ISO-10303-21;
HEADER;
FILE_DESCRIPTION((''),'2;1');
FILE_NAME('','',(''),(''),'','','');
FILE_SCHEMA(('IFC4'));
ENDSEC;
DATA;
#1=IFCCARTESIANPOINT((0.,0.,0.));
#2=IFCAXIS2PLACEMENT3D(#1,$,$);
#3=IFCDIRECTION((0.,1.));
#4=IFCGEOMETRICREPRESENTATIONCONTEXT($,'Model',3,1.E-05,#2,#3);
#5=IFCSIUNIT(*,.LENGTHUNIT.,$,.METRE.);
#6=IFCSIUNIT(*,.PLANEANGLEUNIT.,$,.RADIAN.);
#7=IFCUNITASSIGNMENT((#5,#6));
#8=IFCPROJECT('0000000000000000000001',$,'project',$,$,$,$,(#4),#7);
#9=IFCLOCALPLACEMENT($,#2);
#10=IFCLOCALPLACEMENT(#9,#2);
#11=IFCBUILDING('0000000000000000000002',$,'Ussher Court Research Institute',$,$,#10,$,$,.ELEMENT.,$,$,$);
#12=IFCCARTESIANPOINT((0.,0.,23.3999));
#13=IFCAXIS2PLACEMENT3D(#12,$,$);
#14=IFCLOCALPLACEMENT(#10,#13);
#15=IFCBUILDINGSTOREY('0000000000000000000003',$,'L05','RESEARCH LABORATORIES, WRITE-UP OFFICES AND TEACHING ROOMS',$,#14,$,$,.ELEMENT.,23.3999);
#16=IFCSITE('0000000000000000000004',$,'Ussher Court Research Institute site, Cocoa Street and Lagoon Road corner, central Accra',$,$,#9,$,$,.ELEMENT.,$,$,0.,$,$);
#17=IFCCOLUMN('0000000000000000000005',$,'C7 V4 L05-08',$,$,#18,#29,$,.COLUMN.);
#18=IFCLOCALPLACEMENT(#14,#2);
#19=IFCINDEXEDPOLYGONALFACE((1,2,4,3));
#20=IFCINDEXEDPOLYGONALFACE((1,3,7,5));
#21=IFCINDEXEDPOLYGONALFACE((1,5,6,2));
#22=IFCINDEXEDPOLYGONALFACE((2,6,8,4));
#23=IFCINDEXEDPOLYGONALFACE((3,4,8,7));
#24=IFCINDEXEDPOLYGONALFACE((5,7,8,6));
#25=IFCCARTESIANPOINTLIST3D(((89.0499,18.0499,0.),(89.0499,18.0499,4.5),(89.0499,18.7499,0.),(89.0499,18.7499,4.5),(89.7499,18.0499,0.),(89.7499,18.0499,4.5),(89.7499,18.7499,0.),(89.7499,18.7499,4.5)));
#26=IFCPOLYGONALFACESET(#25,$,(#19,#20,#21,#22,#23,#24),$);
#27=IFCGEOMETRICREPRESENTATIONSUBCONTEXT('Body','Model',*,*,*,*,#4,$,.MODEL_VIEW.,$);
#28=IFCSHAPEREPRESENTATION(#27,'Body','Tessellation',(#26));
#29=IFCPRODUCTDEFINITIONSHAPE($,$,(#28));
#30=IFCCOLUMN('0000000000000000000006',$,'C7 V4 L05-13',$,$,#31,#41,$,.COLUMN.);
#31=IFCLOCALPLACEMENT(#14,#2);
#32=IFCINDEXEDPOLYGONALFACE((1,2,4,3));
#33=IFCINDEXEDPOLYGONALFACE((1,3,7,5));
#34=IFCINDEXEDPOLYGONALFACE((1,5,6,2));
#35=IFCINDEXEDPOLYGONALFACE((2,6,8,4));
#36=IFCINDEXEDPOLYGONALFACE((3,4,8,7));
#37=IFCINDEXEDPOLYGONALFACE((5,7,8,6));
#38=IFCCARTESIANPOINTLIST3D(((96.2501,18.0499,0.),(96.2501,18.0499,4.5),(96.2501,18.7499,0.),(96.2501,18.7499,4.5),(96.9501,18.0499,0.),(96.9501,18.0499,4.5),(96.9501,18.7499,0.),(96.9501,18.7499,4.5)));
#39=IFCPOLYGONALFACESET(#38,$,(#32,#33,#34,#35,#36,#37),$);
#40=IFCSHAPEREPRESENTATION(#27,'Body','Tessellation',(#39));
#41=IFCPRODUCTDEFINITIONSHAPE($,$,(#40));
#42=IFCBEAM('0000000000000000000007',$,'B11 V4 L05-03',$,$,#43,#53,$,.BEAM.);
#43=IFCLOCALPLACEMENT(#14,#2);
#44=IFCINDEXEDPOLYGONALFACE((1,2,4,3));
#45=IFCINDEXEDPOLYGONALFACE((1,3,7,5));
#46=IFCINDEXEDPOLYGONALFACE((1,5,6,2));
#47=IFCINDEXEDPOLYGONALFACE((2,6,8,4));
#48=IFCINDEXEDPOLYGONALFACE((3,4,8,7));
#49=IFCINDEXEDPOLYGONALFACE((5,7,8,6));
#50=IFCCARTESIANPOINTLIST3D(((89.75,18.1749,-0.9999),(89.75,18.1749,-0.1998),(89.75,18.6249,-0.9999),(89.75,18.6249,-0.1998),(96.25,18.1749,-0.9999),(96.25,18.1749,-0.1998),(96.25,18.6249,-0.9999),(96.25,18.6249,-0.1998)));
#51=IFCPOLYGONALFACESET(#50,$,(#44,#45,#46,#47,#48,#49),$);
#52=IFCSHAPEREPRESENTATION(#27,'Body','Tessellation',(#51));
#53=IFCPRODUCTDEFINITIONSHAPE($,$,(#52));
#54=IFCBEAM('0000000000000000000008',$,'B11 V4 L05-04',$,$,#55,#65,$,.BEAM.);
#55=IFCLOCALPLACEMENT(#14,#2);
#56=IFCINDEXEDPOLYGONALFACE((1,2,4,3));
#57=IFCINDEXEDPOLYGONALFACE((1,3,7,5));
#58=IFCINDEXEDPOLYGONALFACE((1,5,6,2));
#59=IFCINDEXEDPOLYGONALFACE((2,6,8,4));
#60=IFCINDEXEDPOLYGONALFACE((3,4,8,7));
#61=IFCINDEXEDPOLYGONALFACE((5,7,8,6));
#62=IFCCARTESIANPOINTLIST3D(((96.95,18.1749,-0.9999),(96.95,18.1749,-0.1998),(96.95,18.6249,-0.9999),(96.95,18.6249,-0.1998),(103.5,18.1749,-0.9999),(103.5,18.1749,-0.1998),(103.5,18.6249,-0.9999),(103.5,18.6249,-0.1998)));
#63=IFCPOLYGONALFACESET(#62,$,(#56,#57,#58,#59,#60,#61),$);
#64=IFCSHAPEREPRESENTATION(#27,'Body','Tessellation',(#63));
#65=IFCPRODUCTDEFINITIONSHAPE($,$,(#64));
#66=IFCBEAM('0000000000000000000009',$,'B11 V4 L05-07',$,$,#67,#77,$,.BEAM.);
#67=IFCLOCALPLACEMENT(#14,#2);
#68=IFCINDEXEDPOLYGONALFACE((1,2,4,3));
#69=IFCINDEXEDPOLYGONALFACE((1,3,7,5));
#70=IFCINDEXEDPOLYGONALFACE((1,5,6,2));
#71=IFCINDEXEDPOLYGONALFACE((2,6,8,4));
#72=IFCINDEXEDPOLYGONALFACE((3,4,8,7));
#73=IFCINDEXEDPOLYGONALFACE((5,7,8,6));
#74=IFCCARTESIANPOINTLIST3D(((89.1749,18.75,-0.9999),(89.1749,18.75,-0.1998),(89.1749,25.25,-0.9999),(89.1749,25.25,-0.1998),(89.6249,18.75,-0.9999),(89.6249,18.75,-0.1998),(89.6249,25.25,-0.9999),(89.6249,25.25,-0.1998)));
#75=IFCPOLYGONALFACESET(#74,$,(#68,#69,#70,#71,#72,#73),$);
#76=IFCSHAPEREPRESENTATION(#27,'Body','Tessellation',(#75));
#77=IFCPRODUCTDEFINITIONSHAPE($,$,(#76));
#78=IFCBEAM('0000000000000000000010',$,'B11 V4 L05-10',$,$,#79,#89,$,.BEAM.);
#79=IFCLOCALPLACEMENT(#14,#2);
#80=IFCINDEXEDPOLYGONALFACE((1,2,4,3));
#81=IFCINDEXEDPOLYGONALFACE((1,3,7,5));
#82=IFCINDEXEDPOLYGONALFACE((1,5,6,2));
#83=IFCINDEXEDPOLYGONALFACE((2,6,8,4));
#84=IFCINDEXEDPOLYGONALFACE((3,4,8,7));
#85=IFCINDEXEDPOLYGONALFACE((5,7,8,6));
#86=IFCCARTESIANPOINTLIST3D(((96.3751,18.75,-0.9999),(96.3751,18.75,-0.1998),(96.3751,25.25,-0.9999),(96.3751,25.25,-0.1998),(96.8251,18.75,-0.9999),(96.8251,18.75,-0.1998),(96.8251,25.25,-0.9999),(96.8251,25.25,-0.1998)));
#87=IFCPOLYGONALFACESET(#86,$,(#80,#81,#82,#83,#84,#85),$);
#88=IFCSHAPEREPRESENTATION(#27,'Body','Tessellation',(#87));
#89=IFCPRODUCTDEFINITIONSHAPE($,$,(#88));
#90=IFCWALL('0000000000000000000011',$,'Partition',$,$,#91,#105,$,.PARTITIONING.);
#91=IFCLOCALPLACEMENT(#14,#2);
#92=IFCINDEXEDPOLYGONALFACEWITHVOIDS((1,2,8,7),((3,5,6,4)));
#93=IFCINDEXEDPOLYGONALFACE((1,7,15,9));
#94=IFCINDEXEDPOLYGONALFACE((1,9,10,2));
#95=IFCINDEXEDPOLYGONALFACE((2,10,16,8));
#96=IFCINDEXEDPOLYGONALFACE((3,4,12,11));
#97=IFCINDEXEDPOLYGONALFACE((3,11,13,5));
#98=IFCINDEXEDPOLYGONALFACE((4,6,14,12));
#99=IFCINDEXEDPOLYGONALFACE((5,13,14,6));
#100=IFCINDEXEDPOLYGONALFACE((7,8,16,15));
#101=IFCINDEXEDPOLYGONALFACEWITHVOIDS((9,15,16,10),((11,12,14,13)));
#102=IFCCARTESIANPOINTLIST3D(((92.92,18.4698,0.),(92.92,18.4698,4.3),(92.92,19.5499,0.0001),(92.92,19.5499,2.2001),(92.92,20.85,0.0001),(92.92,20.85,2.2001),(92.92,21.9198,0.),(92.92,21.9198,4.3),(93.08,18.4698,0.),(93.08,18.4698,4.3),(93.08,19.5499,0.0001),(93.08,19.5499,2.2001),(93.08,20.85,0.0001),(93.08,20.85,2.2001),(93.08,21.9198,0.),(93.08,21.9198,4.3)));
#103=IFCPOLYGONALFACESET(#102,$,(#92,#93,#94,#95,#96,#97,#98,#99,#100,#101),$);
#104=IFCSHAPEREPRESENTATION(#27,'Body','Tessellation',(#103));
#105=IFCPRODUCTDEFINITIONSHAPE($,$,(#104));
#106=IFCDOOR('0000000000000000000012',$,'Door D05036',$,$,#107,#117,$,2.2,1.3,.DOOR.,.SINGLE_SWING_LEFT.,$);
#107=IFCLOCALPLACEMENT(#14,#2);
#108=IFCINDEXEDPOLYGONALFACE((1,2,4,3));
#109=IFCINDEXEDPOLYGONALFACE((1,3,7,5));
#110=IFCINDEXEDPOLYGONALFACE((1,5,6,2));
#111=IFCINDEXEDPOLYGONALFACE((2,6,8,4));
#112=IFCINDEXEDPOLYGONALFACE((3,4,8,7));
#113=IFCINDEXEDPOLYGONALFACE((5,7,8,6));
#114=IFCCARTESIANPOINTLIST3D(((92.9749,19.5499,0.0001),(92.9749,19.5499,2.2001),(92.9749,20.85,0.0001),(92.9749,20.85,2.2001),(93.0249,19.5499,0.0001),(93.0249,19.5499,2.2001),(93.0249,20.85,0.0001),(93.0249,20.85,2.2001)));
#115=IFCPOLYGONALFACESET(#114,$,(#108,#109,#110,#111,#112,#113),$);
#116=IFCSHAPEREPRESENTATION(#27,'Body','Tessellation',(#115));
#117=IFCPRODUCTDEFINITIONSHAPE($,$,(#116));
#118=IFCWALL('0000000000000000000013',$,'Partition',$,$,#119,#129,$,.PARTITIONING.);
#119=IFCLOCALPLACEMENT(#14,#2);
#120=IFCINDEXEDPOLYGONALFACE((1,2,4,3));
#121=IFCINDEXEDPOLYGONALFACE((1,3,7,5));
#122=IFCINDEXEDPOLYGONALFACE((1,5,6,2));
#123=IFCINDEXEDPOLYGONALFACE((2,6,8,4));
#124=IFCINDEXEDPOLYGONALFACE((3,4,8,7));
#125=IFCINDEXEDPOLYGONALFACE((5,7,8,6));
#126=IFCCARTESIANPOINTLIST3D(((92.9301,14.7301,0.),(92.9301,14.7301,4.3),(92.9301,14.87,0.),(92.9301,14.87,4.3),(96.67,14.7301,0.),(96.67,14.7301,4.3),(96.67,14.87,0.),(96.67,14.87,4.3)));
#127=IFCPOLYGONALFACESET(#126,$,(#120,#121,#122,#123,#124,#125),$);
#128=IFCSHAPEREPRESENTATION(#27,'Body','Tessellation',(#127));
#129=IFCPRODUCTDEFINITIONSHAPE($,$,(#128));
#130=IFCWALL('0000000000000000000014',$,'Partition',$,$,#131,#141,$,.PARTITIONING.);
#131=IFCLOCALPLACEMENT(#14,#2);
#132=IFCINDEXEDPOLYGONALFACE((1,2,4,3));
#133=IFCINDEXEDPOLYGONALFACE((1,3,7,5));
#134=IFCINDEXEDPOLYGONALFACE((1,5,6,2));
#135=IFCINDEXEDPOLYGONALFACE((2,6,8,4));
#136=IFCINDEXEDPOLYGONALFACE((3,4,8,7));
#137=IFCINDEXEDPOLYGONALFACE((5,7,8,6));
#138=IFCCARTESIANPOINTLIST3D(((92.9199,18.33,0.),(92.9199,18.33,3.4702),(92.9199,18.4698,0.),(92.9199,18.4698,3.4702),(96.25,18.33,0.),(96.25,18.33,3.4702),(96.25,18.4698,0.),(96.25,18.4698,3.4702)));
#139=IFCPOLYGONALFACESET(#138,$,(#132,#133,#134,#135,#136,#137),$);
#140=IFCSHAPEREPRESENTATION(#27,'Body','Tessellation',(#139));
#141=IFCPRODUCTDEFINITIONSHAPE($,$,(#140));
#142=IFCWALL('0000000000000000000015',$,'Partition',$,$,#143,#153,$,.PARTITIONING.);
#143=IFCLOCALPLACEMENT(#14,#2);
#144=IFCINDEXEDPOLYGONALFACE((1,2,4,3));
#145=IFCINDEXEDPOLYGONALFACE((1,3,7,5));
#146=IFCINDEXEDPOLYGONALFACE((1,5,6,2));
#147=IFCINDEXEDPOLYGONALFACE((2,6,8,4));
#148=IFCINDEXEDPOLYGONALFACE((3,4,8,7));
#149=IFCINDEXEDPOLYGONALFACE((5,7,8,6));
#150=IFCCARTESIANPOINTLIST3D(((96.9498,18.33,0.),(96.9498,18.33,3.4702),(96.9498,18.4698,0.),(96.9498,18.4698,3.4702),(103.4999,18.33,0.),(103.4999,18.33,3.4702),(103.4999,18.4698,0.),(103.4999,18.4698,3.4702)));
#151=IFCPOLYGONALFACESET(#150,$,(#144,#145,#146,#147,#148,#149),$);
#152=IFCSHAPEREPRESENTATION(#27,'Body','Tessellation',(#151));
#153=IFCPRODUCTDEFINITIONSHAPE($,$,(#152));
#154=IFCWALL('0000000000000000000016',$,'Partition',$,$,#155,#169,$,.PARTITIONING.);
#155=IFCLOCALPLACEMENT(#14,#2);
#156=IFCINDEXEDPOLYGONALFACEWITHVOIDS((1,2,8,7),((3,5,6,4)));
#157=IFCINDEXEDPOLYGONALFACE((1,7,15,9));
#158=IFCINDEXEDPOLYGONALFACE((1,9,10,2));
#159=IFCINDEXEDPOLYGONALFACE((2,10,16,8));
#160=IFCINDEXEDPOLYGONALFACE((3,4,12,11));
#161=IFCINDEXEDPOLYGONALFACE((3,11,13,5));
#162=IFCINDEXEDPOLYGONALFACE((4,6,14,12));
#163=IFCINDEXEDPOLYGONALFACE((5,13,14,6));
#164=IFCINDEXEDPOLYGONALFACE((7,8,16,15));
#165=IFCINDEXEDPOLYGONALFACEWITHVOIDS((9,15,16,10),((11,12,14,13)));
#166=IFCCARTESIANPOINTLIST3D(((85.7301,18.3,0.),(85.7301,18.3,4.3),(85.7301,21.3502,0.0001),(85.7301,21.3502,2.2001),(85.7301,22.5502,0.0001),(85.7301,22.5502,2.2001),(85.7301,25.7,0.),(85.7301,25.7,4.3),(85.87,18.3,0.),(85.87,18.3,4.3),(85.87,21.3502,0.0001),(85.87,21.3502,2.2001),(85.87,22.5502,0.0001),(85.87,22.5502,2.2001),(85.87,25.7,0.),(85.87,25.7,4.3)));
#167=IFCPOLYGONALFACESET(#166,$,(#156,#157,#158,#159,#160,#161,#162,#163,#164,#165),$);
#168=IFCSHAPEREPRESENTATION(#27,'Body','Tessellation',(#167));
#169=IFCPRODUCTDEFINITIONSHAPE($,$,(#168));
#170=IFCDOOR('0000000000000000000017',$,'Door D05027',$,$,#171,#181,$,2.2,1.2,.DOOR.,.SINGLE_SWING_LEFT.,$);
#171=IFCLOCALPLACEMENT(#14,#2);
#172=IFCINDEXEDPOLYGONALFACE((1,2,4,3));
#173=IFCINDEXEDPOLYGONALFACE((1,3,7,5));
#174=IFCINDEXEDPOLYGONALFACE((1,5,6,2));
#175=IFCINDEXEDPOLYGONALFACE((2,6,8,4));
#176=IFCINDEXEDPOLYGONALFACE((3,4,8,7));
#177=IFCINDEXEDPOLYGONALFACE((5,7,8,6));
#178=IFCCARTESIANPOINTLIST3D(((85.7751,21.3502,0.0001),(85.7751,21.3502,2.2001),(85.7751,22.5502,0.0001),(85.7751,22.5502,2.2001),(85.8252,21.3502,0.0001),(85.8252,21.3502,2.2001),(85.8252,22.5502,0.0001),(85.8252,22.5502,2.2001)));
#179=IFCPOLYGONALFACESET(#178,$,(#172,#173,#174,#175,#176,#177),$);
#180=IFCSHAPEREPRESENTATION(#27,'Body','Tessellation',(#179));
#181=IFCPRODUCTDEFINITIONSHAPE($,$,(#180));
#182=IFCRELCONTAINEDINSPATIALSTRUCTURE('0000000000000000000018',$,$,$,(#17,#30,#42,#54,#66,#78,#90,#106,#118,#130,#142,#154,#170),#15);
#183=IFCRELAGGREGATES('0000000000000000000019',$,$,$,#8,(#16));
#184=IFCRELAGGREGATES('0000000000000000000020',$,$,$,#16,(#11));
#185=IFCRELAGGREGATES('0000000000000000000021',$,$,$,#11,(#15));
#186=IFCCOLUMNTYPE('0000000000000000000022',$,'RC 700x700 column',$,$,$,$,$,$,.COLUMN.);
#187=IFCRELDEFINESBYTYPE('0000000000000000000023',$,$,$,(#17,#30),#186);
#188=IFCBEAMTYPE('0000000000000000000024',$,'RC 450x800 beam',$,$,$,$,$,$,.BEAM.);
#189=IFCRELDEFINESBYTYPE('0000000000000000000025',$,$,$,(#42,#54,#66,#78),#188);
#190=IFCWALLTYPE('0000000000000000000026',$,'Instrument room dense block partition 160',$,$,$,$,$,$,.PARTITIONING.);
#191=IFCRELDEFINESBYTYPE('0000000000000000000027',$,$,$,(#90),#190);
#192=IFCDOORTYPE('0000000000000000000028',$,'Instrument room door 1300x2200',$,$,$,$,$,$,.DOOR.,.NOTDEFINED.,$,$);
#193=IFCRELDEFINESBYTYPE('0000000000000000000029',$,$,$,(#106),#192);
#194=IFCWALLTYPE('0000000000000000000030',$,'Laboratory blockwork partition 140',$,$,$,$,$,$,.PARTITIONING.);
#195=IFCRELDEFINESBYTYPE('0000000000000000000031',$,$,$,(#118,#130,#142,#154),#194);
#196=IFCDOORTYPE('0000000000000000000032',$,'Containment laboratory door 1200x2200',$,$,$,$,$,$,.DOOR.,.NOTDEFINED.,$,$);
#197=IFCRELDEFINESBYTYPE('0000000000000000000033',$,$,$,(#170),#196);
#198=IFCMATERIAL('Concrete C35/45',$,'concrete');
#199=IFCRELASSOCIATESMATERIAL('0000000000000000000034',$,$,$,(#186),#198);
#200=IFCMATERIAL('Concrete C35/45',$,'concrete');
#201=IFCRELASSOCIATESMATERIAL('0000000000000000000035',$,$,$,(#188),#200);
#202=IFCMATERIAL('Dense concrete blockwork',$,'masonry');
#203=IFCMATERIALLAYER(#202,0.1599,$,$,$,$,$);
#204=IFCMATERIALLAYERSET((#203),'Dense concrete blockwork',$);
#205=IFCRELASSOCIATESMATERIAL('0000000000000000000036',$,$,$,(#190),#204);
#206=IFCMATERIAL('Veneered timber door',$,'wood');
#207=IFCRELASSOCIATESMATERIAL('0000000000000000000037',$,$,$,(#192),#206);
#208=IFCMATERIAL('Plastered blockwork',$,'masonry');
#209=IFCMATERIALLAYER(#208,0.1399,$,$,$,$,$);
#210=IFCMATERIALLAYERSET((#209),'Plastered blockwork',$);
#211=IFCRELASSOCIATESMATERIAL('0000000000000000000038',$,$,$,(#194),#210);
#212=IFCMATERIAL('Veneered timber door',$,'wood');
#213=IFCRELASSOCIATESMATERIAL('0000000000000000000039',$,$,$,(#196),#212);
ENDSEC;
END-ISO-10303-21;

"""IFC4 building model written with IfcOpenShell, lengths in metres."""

from ifc_helpers import new_model, si_unit, direction, frame, frame_2d, origin, origin_2d, place, context, subcontext, project, spatial, rectangle, extrude, material, layer, layer_set, material_profile, profile_set, type_object, element, fill, save


model = new_model("IFC4")

# Units and contexts
model_context = context("Model", 3, precision=1e-05, world=origin(), true_north=direction((0.0, 1.0)))
body_context = subcontext(model_context, "Body", "Model", "MODEL_VIEW")
ifc_project = project(units=[si_unit("LENGTHUNIT", "METRE"), si_unit("PLANEANGLEUNIT", "RADIAN")], contexts=[model_context])

# Site, building, storey
site_placement = place(None, origin())
site = spatial("IfcSite", under=ifc_project, at=site_placement, Name="Ussher Court Research Institute site, Cocoa Street and Lagoon Road corner, central Accra", CompositionType="ELEMENT", RefElevation=0.0)
building_placement = place(site_placement, origin())
building = spatial("IfcBuilding", under=site, at=building_placement, Name="Ussher Court Research Institute", CompositionType="ELEMENT")
storey_placement = place(building_placement, frame((0.0, 0.0, 23.3999)))
storey = spatial("IfcBuildingStorey", under=building, at=storey_placement, Name="L05", Description="RESEARCH LABORATORIES, WRITE-UP OFFICES AND TEACHING ROOMS", CompositionType="ELEMENT", Elevation=23.3999)

# Columns
ifc_material_1 = material(Name="Concrete C35/45", Category="concrete")
ifc_material_profile_1 = material_profile(ifc_material_1, rectangle(XDim=0.7, YDim=0.7, at=origin_2d()), Name="RC 700x700")
ifc_profile_set_1 = profile_set([ifc_material_profile_1], Name="Concrete C35/45")
column_type = type_object("IfcColumnType", Name="RC 700x700 column", PredefinedType="COLUMN", material=ifc_profile_set_1)
for number, where, z_axis, x_axis, name in (
    (1, (89.3999, 18.3999, 0.0), (0.0, 0.0, 1.0), (1.0, 0.0, 0.0), "C7 V4 L05-08"),
    (2, (96.6001, 18.3999, 0.0), (0.0, 0.0, 1.0), (1.0, 0.0, 0.0), "C7 V4 L05-13"),
):
    element("IfcColumn", number, at=place(storey_placement, frame(where, z_axis=z_axis, x_axis=x_axis)), inside=storey, type_object=column_type, Name=name, PredefinedType="COLUMN", context=body_context, shape_type="SweptSolid", body=[
        extrude(rectangle(XDim=0.7, YDim=0.7, at=origin_2d()), origin(), (0.0, 0.0, 1.0), 4.5),
    ])

# Beams
ifc_material_2 = material(Name="Concrete C35/45", Category="concrete")
ifc_material_profile_2 = material_profile(ifc_material_2, rectangle(XDim=0.45, YDim=0.8, at=origin_2d()), Name="RC 450x800")
ifc_profile_set_2 = profile_set([ifc_material_profile_2], Name="Concrete C35/45")
beam_type = type_object("IfcBeamType", Name="RC 450x800 beam", PredefinedType="BEAM", material=ifc_profile_set_2)
beam_1_placement = place(storey_placement, frame((89.75, 18.3999, -0.5999), z_axis=(1.0, 0.0, 0.0), x_axis=(0.0, 1.0, 0.0)))
element("IfcBeam", 3, at=beam_1_placement, inside=storey, type_object=beam_type, Name="B11 V4 L05-03", PredefinedType="BEAM", context=body_context, shape_type="SweptSolid", body=[
    extrude(rectangle(XDim=0.45, YDim=0.8, at=origin_2d()), origin(), (0.0, 0.0, 1.0), 6.5),
])
beam_2_placement = place(storey_placement, frame((96.95, 18.3999, -0.5999), z_axis=(1.0, 0.0, 0.0), x_axis=(0.0, 1.0, 0.0)))
element("IfcBeam", 4, at=beam_2_placement, inside=storey, type_object=beam_type, Name="B11 V4 L05-04", PredefinedType="BEAM", context=body_context, shape_type="SweptSolid", body=[
    extrude(rectangle(XDim=0.45, YDim=0.8, at=origin_2d()), origin(), (0.0, 0.0, 1.0), 6.55),
])
for number, where, z_axis, x_axis, name in (
    (5, (89.3999, 18.75, -0.5999), (0.0, 1.0, 0.0), (-1.0, 0.0, 0.0), "B11 V4 L05-07"),
    (6, (96.6001, 18.75, -0.5999), (0.0, 1.0, 0.0), (-1.0, 0.0, 0.0), "B11 V4 L05-10"),
):
    element("IfcBeam", number, at=place(storey_placement, frame(where, z_axis=z_axis, x_axis=x_axis)), inside=storey, type_object=beam_type, Name=name, PredefinedType="BEAM", context=body_context, shape_type="SweptSolid", body=[
        extrude(rectangle(XDim=0.45, YDim=0.8, at=origin_2d()), origin(), (0.0, 0.0, 1.0), 6.5),
    ])

# Wall, opening, door
ifc_material_3 = material(Name="Dense concrete blockwork", Category="masonry")
ifc_layer_1 = layer(ifc_material_3, 0.1599)
ifc_layer_set_1 = layer_set([ifc_layer_1], Name="Dense concrete blockwork")
wall_type_1 = type_object("IfcWallType", Name="Instrument room dense block partition 160", PredefinedType="PARTITIONING", material=ifc_layer_set_1)
wall_1_placement = place(storey_placement, frame((93.0, 21.9199, 0.0), z_axis=(0.0, 0.0, 1.0), x_axis=(0.0, -1.0, 0.0)))
wall_1 = element("IfcWall", 7, at=wall_1_placement, inside=storey, type_object=wall_type_1, Name="Partition", PredefinedType="PARTITIONING", context=body_context, shape_type="SweptSolid", body=[
    extrude(rectangle(XDim=3.45, YDim=0.1599, at=frame_2d((1.7251, 0.0))), origin(), (0.0, 0.0, 1.0), 4.3),
])
opening_1_placement = place(wall_1_placement, frame((1.0701, 0.0, 0.0)))
opening_1 = element("IfcOpeningElement", 8, at=opening_1_placement, cuts=wall_1, PredefinedType="OPENING", context=body_context, shape_type="SweptSolid", body=[
    extrude(rectangle(XDim=1.3, YDim=2.2, at=frame_2d((0.6499, 1.1001))), frame((0.0, 0.0898, 0.0), z_axis=(0.0, -1.0, 0.0), x_axis=(1.0, 0.0, 0.0)), (0.0, 0.0, 1.0), 0.1799),
])
ifc_material_4 = material(Name="Veneered timber door", Category="wood")
door_type_1 = type_object("IfcDoorType", Name="Instrument room door 1300x2200", OperationType="NOTDEFINED", PredefinedType="DOOR", material=ifc_material_4)
door_1_placement = place(opening_1_placement, origin())
door_1 = element("IfcDoor", 9, at=door_1_placement, inside=storey, type_object=door_type_1, Name="Door D05036", OperationType="SINGLE_SWING_LEFT", OverallHeight=2.2, OverallWidth=1.3, PredefinedType="DOOR", context=body_context, shape_type="SweptSolid", body=[
    extrude(rectangle(XDim=1.3, YDim=2.2, at=frame_2d((0.6499, 1.1001))), frame((0.0, 0.0249, 0.0), z_axis=(0.0, -1.0, 0.0), x_axis=(1.0, 0.0, 0.0)), (0.0, 0.0, 1.0), 0.05),
])
fill(opening_1, door_1)

# Walls
ifc_material_5 = material(Name="Plastered blockwork", Category="masonry")
ifc_layer_2 = layer(ifc_material_5, 0.1399)
ifc_layer_set_2 = layer_set([ifc_layer_2], Name="Plastered blockwork")
wall_type_2 = type_object("IfcWallType", Name="Laboratory blockwork partition 140", PredefinedType="PARTITIONING", material=ifc_layer_set_2)
wall_2_placement = place(storey_placement, frame((92.9299, 14.8, 0.0), z_axis=(0.0, 0.0, 1.0), x_axis=(1.0, 0.0, 0.0)))
element("IfcWall", 10, at=wall_2_placement, inside=storey, type_object=wall_type_2, Name="Partition", PredefinedType="PARTITIONING", context=body_context, shape_type="SweptSolid", body=[
    extrude(rectangle(XDim=3.74, YDim=0.1399, at=frame_2d((1.8701, 0.0))), origin(), (0.0, 0.0, 1.0), 4.3),
])
wall_3_placement = place(storey_placement, frame((92.9199, 18.3999, 0.0), z_axis=(0.0, 0.0, 1.0), x_axis=(1.0, 0.0, 0.0)))
element("IfcWall", 11, at=wall_3_placement, inside=storey, type_object=wall_type_2, Name="Partition", PredefinedType="PARTITIONING", context=body_context, shape_type="SweptSolid", body=[
    extrude(rectangle(XDim=3.3301, YDim=0.1399, at=frame_2d((1.665, 0.0))), origin(), (0.0, 0.0, 1.0), 3.4702),
])
wall_4_placement = place(storey_placement, frame((96.95, 18.3999, 0.0), z_axis=(0.0, 0.0, 1.0), x_axis=(1.0, 0.0, 0.0)))
element("IfcWall", 12, at=wall_4_placement, inside=storey, type_object=wall_type_2, Name="Partition", PredefinedType="PARTITIONING", context=body_context, shape_type="SweptSolid", body=[
    extrude(rectangle(XDim=6.55, YDim=0.1399, at=frame_2d((3.2749, 0.0))), origin(), (0.0, 0.0, 1.0), 3.4702),
])

# Wall, opening, door
wall_5_placement = place(storey_placement, frame((85.8, 18.3, 0.0), z_axis=(0.0, 0.0, 1.0), x_axis=(0.0, 1.0, 0.0)))
wall_5 = element("IfcWall", 13, at=wall_5_placement, inside=storey, type_object=wall_type_2, Name="Partition", PredefinedType="PARTITIONING", context=body_context, shape_type="SweptSolid", body=[
    extrude(rectangle(XDim=7.3999, YDim=0.1399, at=frame_2d((3.7, 0.0))), origin(), (0.0, 0.0, 1.0), 4.3),
])
opening_2_placement = place(wall_5_placement, frame((3.05, 0.0, 0.0)))
opening_2 = element("IfcOpeningElement", 14, at=opening_2_placement, cuts=wall_5, PredefinedType="OPENING", context=body_context, shape_type="SweptSolid", body=[
    extrude(rectangle(XDim=1.2, YDim=2.2, at=frame_2d((0.6001, 1.1001))), frame((0.0, 0.0801, 0.0), z_axis=(0.0, -1.0, 0.0), x_axis=(1.0, 0.0, 0.0)), (0.0, 0.0, 1.0), 0.1599),
])
ifc_material_6 = material(Name="Veneered timber door", Category="wood")
door_type_2 = type_object("IfcDoorType", Name="Containment laboratory door 1200x2200", OperationType="NOTDEFINED", PredefinedType="DOOR", material=ifc_material_6)
door_2_placement = place(opening_2_placement, origin())
door_2 = element("IfcDoor", 15, at=door_2_placement, inside=storey, type_object=door_type_2, Name="Door D05027", OperationType="SINGLE_SWING_LEFT", OverallHeight=2.2, OverallWidth=1.2, PredefinedType="DOOR", context=body_context, shape_type="SweptSolid", body=[
    extrude(rectangle(XDim=1.2, YDim=2.2, at=frame_2d((0.6001, 1.1001))), frame((0.0, 0.0249, 0.0), z_axis=(0.0, -1.0, 0.0), x_axis=(1.0, 0.0, 0.0)), (0.0, 0.0, 1.0), 0.05),
])
fill(opening_2, door_2)

save(model, "model.ifc")
